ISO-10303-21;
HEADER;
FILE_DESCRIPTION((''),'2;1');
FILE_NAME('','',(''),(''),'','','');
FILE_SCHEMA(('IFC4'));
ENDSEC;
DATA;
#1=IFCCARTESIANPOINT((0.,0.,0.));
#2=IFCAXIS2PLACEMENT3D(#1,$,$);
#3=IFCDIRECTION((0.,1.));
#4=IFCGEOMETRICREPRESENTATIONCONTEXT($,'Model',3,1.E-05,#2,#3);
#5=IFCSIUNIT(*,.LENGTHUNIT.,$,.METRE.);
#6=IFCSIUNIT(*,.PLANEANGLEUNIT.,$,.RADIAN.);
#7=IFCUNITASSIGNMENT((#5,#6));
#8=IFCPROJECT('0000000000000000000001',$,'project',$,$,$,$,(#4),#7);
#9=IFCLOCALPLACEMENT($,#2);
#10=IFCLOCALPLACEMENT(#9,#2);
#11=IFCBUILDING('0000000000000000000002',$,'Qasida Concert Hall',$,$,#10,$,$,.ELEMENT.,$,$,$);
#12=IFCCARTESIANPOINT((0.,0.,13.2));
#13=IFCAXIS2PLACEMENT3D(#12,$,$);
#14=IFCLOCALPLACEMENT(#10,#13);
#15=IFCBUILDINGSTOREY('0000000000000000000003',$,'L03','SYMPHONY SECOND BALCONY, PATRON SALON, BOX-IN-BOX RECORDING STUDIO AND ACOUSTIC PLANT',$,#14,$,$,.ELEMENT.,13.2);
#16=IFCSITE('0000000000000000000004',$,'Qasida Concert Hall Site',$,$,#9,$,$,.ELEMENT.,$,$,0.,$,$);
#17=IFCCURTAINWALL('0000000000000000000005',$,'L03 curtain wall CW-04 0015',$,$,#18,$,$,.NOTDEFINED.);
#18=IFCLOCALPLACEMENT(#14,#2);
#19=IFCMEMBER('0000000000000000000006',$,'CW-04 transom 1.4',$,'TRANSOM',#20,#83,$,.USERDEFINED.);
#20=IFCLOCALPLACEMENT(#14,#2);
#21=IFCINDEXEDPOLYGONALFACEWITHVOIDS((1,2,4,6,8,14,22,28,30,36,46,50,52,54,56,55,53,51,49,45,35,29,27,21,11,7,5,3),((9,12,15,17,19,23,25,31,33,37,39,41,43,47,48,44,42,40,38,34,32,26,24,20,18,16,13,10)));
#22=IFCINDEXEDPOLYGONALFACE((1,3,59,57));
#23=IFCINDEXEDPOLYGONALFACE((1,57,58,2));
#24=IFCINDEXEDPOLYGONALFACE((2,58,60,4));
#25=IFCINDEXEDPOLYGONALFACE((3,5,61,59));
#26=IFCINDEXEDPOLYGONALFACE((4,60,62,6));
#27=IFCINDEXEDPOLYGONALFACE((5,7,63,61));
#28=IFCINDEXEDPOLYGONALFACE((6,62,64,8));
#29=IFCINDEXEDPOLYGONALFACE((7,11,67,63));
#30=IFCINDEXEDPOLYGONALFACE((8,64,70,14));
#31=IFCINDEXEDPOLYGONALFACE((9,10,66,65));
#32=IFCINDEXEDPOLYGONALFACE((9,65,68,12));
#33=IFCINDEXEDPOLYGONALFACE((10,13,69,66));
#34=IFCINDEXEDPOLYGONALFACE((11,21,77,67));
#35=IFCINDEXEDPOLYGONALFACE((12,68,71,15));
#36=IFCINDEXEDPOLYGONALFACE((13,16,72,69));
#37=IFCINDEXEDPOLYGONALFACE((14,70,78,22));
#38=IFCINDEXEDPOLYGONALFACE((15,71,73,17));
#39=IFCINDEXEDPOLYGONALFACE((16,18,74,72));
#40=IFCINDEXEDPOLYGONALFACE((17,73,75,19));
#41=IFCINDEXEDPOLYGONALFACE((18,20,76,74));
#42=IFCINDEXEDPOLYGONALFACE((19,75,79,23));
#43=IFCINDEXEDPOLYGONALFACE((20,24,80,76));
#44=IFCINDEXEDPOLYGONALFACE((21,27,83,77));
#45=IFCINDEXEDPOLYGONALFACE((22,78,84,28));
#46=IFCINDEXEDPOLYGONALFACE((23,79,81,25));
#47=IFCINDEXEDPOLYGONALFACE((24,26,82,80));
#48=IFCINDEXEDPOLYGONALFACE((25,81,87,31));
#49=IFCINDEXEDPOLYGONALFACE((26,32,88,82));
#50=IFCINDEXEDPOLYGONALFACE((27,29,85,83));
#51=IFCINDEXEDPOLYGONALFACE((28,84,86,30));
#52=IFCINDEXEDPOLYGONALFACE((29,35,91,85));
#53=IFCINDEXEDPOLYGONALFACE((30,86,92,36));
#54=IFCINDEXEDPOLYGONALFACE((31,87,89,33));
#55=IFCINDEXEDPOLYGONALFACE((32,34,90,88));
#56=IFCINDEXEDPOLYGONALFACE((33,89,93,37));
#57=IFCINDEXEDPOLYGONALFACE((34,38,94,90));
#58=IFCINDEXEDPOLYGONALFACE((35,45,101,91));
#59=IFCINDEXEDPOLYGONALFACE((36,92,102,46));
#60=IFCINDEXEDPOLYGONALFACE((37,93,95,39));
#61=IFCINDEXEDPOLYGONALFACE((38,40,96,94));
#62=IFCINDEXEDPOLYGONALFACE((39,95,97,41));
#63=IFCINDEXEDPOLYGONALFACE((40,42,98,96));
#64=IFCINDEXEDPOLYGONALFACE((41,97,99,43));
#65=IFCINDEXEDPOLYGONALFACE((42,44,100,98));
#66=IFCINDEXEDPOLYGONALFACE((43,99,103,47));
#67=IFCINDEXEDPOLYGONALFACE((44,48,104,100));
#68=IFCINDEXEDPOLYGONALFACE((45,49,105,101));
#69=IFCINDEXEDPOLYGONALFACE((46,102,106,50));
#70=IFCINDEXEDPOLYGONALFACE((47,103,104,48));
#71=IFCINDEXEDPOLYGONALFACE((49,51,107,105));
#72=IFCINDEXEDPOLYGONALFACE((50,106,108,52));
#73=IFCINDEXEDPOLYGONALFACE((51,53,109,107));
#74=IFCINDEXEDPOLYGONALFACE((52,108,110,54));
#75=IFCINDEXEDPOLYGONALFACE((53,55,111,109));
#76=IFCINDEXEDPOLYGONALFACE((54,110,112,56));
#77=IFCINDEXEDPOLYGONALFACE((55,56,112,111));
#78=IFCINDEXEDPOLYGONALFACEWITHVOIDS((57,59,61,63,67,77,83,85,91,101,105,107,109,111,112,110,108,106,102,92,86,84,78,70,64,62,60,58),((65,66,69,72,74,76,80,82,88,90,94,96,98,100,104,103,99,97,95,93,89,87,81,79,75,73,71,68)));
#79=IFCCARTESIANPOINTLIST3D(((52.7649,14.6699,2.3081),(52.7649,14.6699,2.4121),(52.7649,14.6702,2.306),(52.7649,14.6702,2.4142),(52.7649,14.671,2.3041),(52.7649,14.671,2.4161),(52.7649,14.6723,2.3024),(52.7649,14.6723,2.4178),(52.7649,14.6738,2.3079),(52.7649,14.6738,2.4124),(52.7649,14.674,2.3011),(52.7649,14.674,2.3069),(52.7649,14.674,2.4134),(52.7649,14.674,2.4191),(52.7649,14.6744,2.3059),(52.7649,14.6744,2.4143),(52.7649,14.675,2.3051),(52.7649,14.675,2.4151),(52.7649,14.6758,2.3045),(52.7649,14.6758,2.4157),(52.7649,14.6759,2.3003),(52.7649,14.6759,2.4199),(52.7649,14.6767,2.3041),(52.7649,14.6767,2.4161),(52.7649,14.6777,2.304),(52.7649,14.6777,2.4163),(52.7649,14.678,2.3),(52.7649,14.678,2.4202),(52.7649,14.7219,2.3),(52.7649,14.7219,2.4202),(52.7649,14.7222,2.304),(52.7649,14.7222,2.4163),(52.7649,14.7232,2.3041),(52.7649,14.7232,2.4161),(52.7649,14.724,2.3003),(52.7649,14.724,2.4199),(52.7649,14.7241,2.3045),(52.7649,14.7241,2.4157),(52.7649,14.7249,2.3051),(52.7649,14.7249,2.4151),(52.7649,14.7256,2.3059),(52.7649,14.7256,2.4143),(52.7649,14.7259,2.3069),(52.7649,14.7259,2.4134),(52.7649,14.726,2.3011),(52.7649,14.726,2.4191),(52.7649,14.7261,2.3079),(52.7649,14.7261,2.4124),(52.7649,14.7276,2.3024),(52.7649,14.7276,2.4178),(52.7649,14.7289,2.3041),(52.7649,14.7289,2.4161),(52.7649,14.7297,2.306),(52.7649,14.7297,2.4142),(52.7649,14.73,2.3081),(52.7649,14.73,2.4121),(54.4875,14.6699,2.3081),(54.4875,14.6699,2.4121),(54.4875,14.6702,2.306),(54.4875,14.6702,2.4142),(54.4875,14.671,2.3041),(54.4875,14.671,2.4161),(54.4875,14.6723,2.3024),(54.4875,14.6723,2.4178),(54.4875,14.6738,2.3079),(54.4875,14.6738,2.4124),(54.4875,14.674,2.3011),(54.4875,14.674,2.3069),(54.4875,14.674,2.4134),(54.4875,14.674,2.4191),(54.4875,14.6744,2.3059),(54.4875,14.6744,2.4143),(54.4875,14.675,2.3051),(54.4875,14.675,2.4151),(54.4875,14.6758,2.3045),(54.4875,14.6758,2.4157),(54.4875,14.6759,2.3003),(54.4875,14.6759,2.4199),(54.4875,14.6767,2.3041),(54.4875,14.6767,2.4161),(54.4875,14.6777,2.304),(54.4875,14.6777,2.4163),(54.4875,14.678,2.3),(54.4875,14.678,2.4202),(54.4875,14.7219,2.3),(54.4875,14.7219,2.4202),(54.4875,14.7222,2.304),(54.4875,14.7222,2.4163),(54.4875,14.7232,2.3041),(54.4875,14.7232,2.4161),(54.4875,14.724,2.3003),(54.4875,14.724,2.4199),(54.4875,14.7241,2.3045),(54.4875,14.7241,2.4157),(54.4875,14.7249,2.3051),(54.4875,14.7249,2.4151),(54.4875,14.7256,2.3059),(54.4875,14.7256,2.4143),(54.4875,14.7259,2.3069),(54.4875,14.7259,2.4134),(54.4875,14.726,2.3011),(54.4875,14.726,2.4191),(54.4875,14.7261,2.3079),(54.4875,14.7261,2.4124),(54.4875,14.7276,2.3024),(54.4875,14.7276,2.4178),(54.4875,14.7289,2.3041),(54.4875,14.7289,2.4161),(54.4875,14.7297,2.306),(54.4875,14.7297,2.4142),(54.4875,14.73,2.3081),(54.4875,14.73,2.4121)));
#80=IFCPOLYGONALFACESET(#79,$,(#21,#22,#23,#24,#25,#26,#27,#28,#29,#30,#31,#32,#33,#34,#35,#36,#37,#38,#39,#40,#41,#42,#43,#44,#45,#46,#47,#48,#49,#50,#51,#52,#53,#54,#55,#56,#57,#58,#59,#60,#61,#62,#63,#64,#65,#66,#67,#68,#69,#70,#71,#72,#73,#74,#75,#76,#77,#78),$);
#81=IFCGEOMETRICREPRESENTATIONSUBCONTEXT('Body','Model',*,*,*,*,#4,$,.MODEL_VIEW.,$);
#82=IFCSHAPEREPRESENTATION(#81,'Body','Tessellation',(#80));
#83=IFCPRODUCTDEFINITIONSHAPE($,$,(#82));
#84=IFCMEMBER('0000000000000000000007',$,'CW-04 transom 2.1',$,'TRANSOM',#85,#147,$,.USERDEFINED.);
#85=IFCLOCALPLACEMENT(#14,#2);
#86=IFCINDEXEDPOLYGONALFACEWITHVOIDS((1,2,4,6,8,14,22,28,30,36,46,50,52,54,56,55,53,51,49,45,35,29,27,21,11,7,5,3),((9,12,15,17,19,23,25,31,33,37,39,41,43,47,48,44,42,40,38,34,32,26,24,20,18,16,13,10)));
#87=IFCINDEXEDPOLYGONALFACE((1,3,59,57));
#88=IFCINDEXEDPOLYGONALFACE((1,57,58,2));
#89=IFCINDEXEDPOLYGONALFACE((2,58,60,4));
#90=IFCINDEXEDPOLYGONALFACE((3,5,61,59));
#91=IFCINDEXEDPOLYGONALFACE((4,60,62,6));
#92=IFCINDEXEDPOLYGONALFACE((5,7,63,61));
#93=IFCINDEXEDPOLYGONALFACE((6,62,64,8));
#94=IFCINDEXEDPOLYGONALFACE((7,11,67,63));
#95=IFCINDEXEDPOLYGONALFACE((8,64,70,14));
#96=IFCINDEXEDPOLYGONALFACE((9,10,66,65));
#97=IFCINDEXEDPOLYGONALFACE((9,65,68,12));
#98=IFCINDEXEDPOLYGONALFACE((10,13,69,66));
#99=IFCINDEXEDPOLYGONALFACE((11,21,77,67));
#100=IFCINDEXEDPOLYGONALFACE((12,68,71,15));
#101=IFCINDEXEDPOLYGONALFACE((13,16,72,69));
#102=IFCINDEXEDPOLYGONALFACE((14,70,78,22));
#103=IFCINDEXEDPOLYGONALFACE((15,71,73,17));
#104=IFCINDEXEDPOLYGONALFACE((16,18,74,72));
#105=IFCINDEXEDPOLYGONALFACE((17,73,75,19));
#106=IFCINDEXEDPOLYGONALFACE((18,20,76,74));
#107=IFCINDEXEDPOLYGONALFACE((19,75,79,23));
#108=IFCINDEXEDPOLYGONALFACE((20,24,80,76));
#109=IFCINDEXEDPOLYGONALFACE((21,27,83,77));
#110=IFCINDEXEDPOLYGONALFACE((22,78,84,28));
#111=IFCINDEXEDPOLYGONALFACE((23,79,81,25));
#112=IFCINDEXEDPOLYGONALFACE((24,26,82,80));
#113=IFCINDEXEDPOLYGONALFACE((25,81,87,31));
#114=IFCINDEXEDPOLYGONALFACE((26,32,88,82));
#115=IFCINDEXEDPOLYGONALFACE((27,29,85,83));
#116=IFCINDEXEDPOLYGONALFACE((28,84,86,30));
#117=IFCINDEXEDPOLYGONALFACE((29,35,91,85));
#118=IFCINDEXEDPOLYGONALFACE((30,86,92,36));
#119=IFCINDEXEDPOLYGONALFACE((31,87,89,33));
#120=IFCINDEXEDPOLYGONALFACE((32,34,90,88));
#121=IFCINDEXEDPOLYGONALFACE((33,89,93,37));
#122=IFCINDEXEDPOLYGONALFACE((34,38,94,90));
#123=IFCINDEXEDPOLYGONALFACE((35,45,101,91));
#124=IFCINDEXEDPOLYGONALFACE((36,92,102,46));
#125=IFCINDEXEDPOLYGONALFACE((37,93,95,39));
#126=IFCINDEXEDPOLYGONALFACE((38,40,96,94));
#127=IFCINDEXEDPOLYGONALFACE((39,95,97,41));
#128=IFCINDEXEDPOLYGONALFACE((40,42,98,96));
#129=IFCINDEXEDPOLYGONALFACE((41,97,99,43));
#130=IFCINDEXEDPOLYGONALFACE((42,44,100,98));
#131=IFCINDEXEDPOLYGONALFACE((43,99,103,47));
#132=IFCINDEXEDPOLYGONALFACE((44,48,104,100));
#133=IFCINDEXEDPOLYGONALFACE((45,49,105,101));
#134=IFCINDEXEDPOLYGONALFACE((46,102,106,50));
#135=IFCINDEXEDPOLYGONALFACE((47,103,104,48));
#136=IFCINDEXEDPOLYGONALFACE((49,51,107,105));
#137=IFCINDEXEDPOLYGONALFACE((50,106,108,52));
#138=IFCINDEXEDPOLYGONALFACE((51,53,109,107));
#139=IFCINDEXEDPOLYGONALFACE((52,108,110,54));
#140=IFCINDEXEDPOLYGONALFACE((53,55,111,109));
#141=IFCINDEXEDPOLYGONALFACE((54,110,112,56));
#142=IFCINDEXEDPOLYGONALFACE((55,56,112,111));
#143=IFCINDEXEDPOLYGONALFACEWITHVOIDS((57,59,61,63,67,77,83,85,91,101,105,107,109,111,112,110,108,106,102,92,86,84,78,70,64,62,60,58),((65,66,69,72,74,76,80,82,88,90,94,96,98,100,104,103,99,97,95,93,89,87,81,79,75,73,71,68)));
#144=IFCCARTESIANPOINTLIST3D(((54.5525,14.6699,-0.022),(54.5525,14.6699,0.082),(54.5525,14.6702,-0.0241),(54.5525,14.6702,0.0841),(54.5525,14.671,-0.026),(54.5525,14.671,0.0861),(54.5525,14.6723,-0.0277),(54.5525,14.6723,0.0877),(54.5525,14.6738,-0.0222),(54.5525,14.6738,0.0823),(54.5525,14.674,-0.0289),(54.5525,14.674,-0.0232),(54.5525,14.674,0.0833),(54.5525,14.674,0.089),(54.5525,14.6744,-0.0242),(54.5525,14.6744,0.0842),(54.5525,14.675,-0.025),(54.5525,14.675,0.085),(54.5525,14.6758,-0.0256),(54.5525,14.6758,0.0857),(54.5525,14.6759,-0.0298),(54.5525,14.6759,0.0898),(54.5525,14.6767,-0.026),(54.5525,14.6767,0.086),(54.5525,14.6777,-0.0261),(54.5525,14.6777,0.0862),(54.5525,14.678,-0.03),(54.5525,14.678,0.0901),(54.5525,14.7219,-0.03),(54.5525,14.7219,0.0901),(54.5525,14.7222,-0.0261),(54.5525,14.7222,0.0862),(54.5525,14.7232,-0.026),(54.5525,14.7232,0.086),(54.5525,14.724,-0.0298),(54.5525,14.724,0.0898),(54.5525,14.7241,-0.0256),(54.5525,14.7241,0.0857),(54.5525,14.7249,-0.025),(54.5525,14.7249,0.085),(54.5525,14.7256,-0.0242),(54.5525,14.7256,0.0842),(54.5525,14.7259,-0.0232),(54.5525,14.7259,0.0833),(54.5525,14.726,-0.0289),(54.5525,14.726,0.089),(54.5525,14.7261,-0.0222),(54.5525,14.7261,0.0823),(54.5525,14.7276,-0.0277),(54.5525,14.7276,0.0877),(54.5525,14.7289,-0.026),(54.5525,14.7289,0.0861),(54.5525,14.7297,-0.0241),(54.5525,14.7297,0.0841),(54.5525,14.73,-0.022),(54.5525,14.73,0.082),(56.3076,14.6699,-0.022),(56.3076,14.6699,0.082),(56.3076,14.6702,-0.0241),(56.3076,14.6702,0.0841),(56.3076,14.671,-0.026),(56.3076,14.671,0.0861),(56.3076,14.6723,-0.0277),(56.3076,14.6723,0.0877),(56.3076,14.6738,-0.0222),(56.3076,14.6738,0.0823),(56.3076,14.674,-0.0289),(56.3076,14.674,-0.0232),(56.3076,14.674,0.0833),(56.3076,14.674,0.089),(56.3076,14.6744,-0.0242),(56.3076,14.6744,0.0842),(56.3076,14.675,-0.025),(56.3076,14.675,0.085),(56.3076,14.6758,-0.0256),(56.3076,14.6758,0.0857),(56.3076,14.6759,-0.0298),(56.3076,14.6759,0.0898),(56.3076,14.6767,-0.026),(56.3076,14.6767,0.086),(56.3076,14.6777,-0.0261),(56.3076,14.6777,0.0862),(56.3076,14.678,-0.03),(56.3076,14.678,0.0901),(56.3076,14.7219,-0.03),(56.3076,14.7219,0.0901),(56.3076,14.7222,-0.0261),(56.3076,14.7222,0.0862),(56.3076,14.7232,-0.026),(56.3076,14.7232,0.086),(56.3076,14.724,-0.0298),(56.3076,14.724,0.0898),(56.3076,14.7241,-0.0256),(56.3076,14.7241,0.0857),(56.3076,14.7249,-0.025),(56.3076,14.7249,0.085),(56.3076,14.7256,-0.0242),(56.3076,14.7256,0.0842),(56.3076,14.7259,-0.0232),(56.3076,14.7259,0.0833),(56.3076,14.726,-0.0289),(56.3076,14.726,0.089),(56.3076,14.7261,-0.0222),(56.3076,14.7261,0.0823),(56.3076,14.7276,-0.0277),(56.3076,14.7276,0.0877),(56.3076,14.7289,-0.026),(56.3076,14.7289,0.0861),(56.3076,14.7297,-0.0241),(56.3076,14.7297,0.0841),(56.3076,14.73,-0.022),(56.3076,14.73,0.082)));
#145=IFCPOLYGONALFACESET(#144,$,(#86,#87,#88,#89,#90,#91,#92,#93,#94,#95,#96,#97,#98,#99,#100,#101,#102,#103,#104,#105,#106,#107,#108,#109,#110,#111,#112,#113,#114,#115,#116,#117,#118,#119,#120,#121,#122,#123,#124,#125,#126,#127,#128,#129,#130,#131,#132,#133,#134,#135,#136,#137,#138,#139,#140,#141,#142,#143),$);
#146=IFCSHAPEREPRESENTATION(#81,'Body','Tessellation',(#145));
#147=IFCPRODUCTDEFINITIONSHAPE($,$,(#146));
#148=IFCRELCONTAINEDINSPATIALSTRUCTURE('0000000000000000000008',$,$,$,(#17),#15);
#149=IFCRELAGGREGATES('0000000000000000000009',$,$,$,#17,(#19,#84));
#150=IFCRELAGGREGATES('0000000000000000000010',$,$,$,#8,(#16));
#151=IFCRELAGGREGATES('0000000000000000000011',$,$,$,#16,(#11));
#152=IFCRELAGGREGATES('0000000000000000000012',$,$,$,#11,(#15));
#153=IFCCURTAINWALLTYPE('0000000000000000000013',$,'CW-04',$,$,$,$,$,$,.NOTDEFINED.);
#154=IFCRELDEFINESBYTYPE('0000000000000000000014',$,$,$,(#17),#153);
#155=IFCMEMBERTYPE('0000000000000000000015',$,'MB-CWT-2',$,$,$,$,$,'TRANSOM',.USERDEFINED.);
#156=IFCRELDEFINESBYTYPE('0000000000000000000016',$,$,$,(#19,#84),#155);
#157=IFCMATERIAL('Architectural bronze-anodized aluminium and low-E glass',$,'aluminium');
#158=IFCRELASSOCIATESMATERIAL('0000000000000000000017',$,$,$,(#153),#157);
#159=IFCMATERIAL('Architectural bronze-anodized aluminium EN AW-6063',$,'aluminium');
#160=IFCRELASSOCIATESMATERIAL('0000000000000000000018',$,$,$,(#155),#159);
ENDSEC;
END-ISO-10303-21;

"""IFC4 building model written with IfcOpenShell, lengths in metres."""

from ifc_helpers import new_model, si_unit, direction, frame, origin, origin_2d, place, context, subcontext, project, spatial, hollow_rectangle, extrude, material, material_profile, profile_set, type_object, element, aggregate, save


model = new_model("IFC4")

# Units and contexts
model_context = context("Model", 3, precision=1e-05, world=origin(), true_north=direction((0.0, 1.0)))
body_context = subcontext(model_context, "Body", "Model", "MODEL_VIEW")
ifc_project = project(units=[si_unit("LENGTHUNIT", "METRE"), si_unit("PLANEANGLEUNIT", "RADIAN")], contexts=[model_context])

# Site, building, storey
site_placement = place(None, origin())
site = spatial("IfcSite", under=ifc_project, at=site_placement, Name="Qasida Concert Hall Site", CompositionType="ELEMENT", RefElevation=0.0)
building_placement = place(site_placement, origin())
building = spatial("IfcBuilding", under=site, at=building_placement, Name="Qasida Concert Hall", CompositionType="ELEMENT")
storey_placement = place(building_placement, frame((0.0, 0.0, 13.2)))
storey = spatial("IfcBuildingStorey", under=building, at=storey_placement, Name="L03", Description="SYMPHONY SECOND BALCONY, PATRON SALON, BOX-IN-BOX RECORDING STUDIO AND ACOUSTIC PLANT", CompositionType="ELEMENT", Elevation=13.2)

# Curtain wall, members
ifc_material_1 = material(Name="Architectural bronze-anodized aluminium and low-E glass", Category="aluminium")
curtain_wall_type = type_object("IfcCurtainWallType", Name="CW-04", PredefinedType="NOTDEFINED", material=ifc_material_1)
curtain_wall_placement = place(storey_placement, origin())
curtain_wall = element("IfcCurtainWall", 1, at=curtain_wall_placement, inside=storey, type_object=curtain_wall_type, Name="L03 curtain wall CW-04 0015", PredefinedType="NOTDEFINED")
ifc_material_2 = material(Name="Architectural bronze-anodized aluminium EN AW-6063", Category="aluminium")
ifc_material_profile_1 = material_profile(ifc_material_2, hollow_rectangle(XDim=0.0601, YDim=0.1201, WallThickness=0.0039, InnerFilletRadius=0.0039, OuterFilletRadius=0.0081, at=origin_2d()), Name="CWT 120x60x4")
ifc_profile_set_1 = profile_set([ifc_material_profile_1], Name="Architectural bronze-anodized aluminium EN AW-6063")
member_type_1 = type_object("IfcMemberType", Name="MB-CWT-2", ElementType="TRANSOM", PredefinedType="USERDEFINED", material=ifc_profile_set_1)
member_1_placement = place(storey_placement, frame((52.7649, 14.7, 2.3601), z_axis=(1.0, 0.0, 0.0), x_axis=(0.0, 1.0, 0.0)))
member_1 = element("IfcMember", 2, at=member_1_placement, type_object=member_type_1, Name="CW-04 transom 1.4", ObjectType="TRANSOM", PredefinedType="USERDEFINED", context=body_context, shape_type="SweptSolid", body=[
    extrude(hollow_rectangle(XDim=0.0601, YDim=0.1201, WallThickness=0.0039, InnerFilletRadius=0.0039, OuterFilletRadius=0.0081, at=origin_2d()), origin(), (0.0, 0.0, 1.0), 1.7227),
])
member_2_placement = place(storey_placement, frame((54.5525, 14.7, 0.03), z_axis=(1.0, 0.0, 0.0), x_axis=(0.0, 1.0, 0.0)))
member_2 = element("IfcMember", 3, at=member_2_placement, type_object=member_type_1, Name="CW-04 transom 2.1", ObjectType="TRANSOM", PredefinedType="USERDEFINED", context=body_context, shape_type="SweptSolid", body=[
    extrude(hollow_rectangle(XDim=0.0601, YDim=0.1201, WallThickness=0.0039, InnerFilletRadius=0.0039, OuterFilletRadius=0.0081, at=origin_2d()), origin(), (0.0, 0.0, 1.0), 1.7551),
])

aggregate(curtain_wall, [member_1, member_2])

save(model, "model.ifc")
